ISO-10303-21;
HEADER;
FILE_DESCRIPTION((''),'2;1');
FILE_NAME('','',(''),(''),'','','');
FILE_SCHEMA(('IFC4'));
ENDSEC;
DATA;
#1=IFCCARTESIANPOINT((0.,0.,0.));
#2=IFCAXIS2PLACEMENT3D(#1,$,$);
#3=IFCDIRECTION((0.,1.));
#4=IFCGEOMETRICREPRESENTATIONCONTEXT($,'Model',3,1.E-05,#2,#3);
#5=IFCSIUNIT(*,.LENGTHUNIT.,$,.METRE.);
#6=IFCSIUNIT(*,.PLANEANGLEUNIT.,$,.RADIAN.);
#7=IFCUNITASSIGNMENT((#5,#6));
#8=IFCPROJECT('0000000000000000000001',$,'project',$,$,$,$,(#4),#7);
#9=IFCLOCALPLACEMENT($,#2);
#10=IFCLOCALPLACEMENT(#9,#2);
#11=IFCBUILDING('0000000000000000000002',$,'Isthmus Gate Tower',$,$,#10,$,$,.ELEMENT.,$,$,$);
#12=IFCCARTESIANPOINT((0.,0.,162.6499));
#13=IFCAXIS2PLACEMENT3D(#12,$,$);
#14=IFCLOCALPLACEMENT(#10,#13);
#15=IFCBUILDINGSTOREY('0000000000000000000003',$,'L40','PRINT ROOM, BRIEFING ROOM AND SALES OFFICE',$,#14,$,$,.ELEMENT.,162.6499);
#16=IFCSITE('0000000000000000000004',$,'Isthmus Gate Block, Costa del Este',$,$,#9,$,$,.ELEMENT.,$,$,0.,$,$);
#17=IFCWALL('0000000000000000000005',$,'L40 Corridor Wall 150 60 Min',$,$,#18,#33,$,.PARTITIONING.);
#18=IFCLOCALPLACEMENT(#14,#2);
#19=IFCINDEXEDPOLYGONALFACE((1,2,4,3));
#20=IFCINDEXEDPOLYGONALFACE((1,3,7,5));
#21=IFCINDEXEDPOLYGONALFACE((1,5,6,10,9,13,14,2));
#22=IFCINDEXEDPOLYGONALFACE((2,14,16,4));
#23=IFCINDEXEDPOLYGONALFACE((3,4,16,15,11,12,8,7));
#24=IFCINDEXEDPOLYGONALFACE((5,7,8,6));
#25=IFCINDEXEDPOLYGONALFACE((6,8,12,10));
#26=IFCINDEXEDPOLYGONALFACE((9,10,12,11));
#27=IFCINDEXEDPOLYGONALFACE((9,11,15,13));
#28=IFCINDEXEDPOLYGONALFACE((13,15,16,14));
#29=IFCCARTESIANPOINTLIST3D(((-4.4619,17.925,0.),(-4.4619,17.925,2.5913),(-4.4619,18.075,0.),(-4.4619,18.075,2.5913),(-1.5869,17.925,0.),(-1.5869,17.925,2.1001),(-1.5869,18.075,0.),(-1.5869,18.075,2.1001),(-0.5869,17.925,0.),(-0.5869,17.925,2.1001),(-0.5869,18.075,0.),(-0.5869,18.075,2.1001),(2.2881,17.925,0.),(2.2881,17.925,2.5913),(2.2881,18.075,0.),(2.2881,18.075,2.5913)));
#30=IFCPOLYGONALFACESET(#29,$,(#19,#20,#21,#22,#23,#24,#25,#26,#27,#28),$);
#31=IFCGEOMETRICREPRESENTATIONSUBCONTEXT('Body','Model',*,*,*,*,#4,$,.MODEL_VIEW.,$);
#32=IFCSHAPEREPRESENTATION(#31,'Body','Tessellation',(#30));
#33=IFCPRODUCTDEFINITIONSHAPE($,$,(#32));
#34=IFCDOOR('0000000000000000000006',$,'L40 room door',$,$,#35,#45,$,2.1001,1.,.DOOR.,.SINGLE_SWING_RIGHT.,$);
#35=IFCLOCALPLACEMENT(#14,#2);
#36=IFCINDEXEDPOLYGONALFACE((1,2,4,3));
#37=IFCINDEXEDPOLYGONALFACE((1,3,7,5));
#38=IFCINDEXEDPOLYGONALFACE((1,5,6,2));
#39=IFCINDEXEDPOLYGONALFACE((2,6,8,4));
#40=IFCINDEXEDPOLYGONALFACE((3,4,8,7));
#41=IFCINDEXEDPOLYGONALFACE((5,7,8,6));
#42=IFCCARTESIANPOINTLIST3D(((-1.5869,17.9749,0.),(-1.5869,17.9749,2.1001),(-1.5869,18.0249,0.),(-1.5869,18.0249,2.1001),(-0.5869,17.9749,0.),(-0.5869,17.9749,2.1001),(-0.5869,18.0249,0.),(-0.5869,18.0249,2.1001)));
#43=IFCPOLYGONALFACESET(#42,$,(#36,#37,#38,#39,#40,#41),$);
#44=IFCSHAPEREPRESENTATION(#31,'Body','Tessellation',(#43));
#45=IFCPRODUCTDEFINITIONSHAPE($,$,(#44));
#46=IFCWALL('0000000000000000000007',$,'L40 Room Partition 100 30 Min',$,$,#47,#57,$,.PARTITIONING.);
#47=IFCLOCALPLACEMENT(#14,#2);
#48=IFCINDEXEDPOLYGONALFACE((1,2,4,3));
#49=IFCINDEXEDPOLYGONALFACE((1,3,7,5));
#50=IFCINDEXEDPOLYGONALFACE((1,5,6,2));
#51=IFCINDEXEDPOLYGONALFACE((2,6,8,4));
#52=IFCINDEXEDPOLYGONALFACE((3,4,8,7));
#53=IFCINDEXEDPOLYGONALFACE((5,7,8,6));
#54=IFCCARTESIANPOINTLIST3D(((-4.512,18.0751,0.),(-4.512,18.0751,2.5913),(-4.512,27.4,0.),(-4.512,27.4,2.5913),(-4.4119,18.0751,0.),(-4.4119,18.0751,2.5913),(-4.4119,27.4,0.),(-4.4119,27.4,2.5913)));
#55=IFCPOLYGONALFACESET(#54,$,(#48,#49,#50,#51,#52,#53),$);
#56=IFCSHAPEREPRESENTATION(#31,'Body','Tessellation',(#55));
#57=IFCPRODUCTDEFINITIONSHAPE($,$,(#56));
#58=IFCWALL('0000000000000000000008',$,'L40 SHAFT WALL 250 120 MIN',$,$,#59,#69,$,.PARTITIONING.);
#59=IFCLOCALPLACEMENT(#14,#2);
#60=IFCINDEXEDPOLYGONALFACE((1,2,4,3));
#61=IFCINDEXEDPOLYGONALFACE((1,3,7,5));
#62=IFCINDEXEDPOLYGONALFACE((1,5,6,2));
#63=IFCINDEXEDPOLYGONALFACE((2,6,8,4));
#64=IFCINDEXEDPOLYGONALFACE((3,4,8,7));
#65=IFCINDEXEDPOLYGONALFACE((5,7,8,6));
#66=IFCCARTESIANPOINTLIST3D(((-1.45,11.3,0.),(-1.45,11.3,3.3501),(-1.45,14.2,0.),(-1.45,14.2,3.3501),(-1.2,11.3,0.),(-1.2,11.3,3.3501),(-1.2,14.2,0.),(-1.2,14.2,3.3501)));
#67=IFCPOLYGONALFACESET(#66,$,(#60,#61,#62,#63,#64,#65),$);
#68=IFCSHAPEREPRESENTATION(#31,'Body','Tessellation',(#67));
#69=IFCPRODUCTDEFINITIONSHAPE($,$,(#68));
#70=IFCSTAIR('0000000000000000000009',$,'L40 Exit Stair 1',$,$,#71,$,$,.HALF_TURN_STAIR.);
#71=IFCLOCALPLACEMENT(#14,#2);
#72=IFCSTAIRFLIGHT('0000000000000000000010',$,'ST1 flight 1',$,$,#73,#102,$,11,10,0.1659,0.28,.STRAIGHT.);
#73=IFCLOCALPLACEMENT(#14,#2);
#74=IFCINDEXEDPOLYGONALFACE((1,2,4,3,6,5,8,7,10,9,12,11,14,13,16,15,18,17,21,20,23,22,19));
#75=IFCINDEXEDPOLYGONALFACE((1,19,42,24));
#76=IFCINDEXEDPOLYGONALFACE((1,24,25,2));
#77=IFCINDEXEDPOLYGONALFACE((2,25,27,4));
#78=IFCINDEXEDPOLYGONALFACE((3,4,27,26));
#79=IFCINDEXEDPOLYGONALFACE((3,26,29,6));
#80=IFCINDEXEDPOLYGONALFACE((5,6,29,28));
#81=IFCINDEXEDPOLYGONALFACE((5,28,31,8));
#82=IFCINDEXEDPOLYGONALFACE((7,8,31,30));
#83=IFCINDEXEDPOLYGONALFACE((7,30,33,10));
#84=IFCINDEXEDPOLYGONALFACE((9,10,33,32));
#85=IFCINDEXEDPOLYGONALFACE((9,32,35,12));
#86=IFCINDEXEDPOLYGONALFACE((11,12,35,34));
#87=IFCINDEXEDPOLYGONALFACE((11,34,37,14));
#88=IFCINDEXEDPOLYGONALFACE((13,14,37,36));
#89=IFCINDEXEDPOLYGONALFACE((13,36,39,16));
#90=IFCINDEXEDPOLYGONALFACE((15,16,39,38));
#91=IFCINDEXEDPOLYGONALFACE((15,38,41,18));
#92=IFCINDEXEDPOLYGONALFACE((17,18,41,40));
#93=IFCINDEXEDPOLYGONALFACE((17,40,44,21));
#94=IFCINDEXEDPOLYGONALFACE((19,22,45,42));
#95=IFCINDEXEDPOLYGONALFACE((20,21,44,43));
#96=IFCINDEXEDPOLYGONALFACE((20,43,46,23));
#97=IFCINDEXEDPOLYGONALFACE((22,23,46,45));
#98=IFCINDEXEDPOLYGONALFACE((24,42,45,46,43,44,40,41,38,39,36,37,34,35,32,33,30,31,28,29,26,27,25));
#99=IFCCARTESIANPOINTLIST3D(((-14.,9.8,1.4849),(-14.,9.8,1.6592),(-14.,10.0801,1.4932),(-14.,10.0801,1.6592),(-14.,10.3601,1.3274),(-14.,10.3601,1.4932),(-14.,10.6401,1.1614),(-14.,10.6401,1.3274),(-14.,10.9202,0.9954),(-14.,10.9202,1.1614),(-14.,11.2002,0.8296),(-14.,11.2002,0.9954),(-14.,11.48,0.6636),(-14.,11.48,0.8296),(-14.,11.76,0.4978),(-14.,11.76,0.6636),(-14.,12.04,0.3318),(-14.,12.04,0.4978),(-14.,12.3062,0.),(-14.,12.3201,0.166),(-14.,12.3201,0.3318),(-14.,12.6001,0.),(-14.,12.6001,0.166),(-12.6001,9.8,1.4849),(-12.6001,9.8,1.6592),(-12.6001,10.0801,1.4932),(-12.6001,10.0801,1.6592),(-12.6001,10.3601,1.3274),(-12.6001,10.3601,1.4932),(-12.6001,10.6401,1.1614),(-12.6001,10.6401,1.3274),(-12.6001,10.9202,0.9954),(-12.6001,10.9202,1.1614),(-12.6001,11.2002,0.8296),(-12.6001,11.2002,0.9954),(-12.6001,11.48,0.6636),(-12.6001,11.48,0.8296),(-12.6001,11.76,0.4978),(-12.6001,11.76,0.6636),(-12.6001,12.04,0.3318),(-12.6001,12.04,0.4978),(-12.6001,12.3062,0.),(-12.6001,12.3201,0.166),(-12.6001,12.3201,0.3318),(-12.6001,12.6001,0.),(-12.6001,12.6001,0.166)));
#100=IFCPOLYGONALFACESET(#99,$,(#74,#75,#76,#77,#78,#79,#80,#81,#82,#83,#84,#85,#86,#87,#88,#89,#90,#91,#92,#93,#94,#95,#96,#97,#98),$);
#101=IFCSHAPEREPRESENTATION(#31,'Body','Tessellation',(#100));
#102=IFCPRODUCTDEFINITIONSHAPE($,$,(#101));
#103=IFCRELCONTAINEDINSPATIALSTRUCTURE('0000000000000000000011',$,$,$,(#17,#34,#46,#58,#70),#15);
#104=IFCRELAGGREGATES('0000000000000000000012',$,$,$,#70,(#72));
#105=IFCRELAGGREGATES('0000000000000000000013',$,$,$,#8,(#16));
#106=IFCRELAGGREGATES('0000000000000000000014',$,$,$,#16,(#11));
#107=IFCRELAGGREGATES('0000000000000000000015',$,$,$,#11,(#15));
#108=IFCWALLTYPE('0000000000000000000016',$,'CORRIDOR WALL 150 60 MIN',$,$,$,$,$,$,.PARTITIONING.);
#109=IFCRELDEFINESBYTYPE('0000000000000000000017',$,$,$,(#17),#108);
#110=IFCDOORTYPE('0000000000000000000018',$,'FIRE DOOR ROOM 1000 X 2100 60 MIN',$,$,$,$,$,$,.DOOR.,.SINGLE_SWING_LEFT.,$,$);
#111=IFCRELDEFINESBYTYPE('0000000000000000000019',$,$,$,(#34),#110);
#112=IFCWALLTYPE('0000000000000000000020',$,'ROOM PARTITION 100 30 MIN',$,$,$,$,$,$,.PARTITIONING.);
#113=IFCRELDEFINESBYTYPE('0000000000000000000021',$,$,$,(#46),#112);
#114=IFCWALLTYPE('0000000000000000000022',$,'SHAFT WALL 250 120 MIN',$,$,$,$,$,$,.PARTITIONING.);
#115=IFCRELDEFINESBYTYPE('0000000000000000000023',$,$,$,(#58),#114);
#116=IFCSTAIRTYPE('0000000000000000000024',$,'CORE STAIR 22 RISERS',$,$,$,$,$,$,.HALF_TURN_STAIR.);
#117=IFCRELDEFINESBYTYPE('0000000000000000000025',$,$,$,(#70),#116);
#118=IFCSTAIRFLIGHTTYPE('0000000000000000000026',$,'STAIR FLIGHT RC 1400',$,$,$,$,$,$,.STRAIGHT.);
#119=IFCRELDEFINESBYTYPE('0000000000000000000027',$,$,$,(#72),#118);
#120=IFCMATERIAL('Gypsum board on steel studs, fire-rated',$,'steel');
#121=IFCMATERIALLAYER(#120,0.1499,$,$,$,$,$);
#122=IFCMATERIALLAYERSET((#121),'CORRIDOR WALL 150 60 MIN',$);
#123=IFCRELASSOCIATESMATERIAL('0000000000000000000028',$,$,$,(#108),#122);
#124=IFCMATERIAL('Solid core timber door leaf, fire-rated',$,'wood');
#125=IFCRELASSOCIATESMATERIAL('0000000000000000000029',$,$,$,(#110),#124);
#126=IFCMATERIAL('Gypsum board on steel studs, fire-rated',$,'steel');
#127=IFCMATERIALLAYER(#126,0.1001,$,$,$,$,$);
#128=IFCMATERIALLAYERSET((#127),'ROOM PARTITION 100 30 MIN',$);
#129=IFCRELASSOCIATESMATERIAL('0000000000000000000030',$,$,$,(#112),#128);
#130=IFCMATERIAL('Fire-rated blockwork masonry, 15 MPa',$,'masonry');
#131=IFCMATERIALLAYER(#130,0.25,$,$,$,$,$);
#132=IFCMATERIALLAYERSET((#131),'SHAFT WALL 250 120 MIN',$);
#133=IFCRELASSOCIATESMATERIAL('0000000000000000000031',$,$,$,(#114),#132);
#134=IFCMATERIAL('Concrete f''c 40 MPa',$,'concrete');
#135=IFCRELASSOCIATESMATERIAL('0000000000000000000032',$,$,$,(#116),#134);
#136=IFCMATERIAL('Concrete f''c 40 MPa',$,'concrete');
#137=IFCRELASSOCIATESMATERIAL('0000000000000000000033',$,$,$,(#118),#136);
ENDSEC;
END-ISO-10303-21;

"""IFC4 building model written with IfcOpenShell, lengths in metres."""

from ifc_helpers import new_model, si_unit, direction, frame, frame_2d, origin, place, context, subcontext, project, spatial, polyline, rectangle, outline, extrude, material, layer, layer_set, type_object, element, fill, aggregate, save


model = new_model("IFC4")

# Units and contexts
model_context = context("Model", 3, precision=1e-05, world=origin(), true_north=direction((0.0, 1.0)))
body_context = subcontext(model_context, "Body", "Model", "MODEL_VIEW")
ifc_project = project(units=[si_unit("LENGTHUNIT", "METRE"), si_unit("PLANEANGLEUNIT", "RADIAN")], contexts=[model_context])

# Site, building, storey
site_placement = place(None, origin())
site = spatial("IfcSite", under=ifc_project, at=site_placement, Name="Isthmus Gate Block, Costa del Este", CompositionType="ELEMENT", RefElevation=0.0)
building_placement = place(site_placement, origin())
building = spatial("IfcBuilding", under=site, at=building_placement, Name="Isthmus Gate Tower", CompositionType="ELEMENT")
storey_placement = place(building_placement, frame((0.0, 0.0, 162.6499)))
storey = spatial("IfcBuildingStorey", under=building, at=storey_placement, Name="L40", Description="PRINT ROOM, BRIEFING ROOM AND SALES OFFICE", CompositionType="ELEMENT", Elevation=162.6499)

# Wall, opening, door
ifc_material_1 = material(Name="Gypsum board on steel studs, fire-rated", Category="steel")
ifc_layer_1 = layer(ifc_material_1, 0.1499)
ifc_layer_set_1 = layer_set([ifc_layer_1], Name="CORRIDOR WALL 150 60 MIN")
wall_type_1 = type_object("IfcWallType", Name="CORRIDOR WALL 150 60 MIN", PredefinedType="PARTITIONING", material=ifc_layer_set_1)
wall_1_placement = place(storey_placement, frame((-4.4619, 18.0, 0.0), z_axis=(0.0, 0.0, 1.0), x_axis=(1.0, 0.0, 0.0)))
wall_1 = element("IfcWall", 1, at=wall_1_placement, inside=storey, type_object=wall_type_1, Name="L40 Corridor Wall 150 60 Min", PredefinedType="PARTITIONING", context=body_context, shape_type="SweptSolid", body=[
    extrude(rectangle(XDim=6.75, YDim=0.1499, at=frame_2d((3.375, 0.0))), origin(), (0.0, 0.0, 1.0), 2.5913),
])
opening_placement = place(wall_1_placement, frame((2.875, 0.0, 0.0)))
opening = element("IfcOpeningElement", 2, at=opening_placement, cuts=wall_1, PredefinedType="OPENING", context=body_context, shape_type="SweptSolid", body=[
    extrude(rectangle(XDim=1.0, YDim=2.1001, at=frame_2d((0.5, 1.05))), frame((0.0, 0.085, 0.0), z_axis=(0.0, -1.0, 0.0), x_axis=(1.0, 0.0, 0.0)), (0.0, 0.0, 1.0), 0.1699),
])
ifc_material_2 = material(Name="Solid core timber door leaf, fire-rated", Category="wood")
door_type = type_object("IfcDoorType", Name="FIRE DOOR ROOM 1000 X 2100 60 MIN", OperationType="SINGLE_SWING_LEFT", PredefinedType="DOOR", material=ifc_material_2)
door_placement = place(opening_placement, origin())
door = element("IfcDoor", 3, at=door_placement, inside=storey, type_object=door_type, Name="L40 room door", OperationType="SINGLE_SWING_RIGHT", OverallHeight=2.1001, OverallWidth=1.0, PredefinedType="DOOR", context=body_context, shape_type="SweptSolid", body=[
    extrude(rectangle(XDim=1.0, YDim=2.1001, at=frame_2d((0.5, 1.05))), frame((0.0, 0.0249, 0.0), z_axis=(0.0, -1.0, 0.0), x_axis=(1.0, 0.0, 0.0)), (0.0, 0.0, 1.0), 0.05),
])
fill(opening, door)

# Walls
ifc_material_3 = material(Name="Gypsum board on steel studs, fire-rated", Category="steel")
ifc_layer_2 = layer(ifc_material_3, 0.1001)
ifc_layer_set_2 = layer_set([ifc_layer_2], Name="ROOM PARTITION 100 30 MIN")
wall_type_2 = type_object("IfcWallType", Name="ROOM PARTITION 100 30 MIN", PredefinedType="PARTITIONING", material=ifc_layer_set_2)
wall_2_placement = place(storey_placement, frame((-4.4619, 18.075, 0.0), z_axis=(0.0, 0.0, 1.0), x_axis=(0.0, 1.0, 0.0)))
element("IfcWall", 4, at=wall_2_placement, inside=storey, type_object=wall_type_2, Name="L40 Room Partition 100 30 Min", PredefinedType="PARTITIONING", context=body_context, shape_type="SweptSolid", body=[
    extrude(rectangle(XDim=9.325, YDim=0.1001, at=frame_2d((4.6626, 0.0))), origin(), (0.0, 0.0, 1.0), 2.5913),
])
ifc_material_4 = material(Name="Fire-rated blockwork masonry, 15 MPa", Category="masonry")
ifc_layer_3 = layer(ifc_material_4, 0.25)
ifc_layer_set_3 = layer_set([ifc_layer_3], Name="SHAFT WALL 250 120 MIN")
wall_type_3 = type_object("IfcWallType", Name="SHAFT WALL 250 120 MIN", PredefinedType="PARTITIONING", material=ifc_layer_set_3)
wall_3_placement = place(storey_placement, frame((-1.325, 11.3, 0.0), z_axis=(0.0, 0.0, 1.0), x_axis=(0.0, 1.0, 0.0)))
element("IfcWall", 5, at=wall_3_placement, inside=storey, type_object=wall_type_3, Name="L40 SHAFT WALL 250 120 MIN", PredefinedType="PARTITIONING", context=body_context, shape_type="SweptSolid", body=[
    extrude(rectangle(XDim=2.8999, YDim=0.25, at=frame_2d((1.45, 0.0))), origin(), (0.0, 0.0, 1.0), 3.3501),
])

# Stair, stair flight
ifc_material_5 = material(Name="Concrete f'c 40 MPa", Category="concrete")
stair_type = type_object("IfcStairType", Name="CORE STAIR 22 RISERS", PredefinedType="HALF_TURN_STAIR", material=ifc_material_5)
stair_placement = place(storey_placement, origin())
stair = element("IfcStair", 6, at=stair_placement, inside=storey, type_object=stair_type, Name="L40 Exit Stair 1", PredefinedType="HALF_TURN_STAIR")
ifc_material_6 = material(Name="Concrete f'c 40 MPa", Category="concrete")
stair_flight_type = type_object("IfcStairFlightType", Name="STAIR FLIGHT RC 1400", PredefinedType="STRAIGHT", material=ifc_material_6)
stair_flight_placement = place(storey_placement, frame((-13.3, 12.6001, 0.0), z_axis=(0.0, 0.0, 1.0), x_axis=(0.0, -1.0, 0.0)))
stair_flight = element("IfcStairFlight", 7, at=stair_flight_placement, type_object=stair_flight_type, Name="ST1 flight 1", NumberOfRisers=11, NumberOfTreads=10, PredefinedType="STRAIGHT", RiserHeight=0.1659, TreadLength=0.28, context=body_context, shape_type="SweptSolid", body=[
    extrude(outline(polyline([(0.0, 0.0), (0.0, 0.166), (0.28, 0.166), (0.28, 0.3318), (0.5601, 0.3318), (0.5601, 0.4978), (0.8401, 0.4978), (0.8401, 0.6636), (1.1201, 0.6636), (1.1201, 0.8296), (1.3999, 0.8296), (1.3999, 0.9954), (1.6799, 0.9954), (1.6799, 1.1614), (1.96, 1.1614), (1.96, 1.3274), (2.24, 1.3274), (2.24, 1.4932), (2.52, 1.4932), (2.52, 1.6592), (2.8, 1.6592), (2.8, 1.825), (2.8, 1.4849), (0.2939, 0.0), (0.0, 0.0)])), frame((0.0, 0.7, 0.0), z_axis=(0.0, -1.0, 0.0), x_axis=(1.0, 0.0, 0.0)), (0.0, 0.0, 1.0), 1.3999),
])
aggregate(stair, [stair_flight])

save(model, "model.ifc")
